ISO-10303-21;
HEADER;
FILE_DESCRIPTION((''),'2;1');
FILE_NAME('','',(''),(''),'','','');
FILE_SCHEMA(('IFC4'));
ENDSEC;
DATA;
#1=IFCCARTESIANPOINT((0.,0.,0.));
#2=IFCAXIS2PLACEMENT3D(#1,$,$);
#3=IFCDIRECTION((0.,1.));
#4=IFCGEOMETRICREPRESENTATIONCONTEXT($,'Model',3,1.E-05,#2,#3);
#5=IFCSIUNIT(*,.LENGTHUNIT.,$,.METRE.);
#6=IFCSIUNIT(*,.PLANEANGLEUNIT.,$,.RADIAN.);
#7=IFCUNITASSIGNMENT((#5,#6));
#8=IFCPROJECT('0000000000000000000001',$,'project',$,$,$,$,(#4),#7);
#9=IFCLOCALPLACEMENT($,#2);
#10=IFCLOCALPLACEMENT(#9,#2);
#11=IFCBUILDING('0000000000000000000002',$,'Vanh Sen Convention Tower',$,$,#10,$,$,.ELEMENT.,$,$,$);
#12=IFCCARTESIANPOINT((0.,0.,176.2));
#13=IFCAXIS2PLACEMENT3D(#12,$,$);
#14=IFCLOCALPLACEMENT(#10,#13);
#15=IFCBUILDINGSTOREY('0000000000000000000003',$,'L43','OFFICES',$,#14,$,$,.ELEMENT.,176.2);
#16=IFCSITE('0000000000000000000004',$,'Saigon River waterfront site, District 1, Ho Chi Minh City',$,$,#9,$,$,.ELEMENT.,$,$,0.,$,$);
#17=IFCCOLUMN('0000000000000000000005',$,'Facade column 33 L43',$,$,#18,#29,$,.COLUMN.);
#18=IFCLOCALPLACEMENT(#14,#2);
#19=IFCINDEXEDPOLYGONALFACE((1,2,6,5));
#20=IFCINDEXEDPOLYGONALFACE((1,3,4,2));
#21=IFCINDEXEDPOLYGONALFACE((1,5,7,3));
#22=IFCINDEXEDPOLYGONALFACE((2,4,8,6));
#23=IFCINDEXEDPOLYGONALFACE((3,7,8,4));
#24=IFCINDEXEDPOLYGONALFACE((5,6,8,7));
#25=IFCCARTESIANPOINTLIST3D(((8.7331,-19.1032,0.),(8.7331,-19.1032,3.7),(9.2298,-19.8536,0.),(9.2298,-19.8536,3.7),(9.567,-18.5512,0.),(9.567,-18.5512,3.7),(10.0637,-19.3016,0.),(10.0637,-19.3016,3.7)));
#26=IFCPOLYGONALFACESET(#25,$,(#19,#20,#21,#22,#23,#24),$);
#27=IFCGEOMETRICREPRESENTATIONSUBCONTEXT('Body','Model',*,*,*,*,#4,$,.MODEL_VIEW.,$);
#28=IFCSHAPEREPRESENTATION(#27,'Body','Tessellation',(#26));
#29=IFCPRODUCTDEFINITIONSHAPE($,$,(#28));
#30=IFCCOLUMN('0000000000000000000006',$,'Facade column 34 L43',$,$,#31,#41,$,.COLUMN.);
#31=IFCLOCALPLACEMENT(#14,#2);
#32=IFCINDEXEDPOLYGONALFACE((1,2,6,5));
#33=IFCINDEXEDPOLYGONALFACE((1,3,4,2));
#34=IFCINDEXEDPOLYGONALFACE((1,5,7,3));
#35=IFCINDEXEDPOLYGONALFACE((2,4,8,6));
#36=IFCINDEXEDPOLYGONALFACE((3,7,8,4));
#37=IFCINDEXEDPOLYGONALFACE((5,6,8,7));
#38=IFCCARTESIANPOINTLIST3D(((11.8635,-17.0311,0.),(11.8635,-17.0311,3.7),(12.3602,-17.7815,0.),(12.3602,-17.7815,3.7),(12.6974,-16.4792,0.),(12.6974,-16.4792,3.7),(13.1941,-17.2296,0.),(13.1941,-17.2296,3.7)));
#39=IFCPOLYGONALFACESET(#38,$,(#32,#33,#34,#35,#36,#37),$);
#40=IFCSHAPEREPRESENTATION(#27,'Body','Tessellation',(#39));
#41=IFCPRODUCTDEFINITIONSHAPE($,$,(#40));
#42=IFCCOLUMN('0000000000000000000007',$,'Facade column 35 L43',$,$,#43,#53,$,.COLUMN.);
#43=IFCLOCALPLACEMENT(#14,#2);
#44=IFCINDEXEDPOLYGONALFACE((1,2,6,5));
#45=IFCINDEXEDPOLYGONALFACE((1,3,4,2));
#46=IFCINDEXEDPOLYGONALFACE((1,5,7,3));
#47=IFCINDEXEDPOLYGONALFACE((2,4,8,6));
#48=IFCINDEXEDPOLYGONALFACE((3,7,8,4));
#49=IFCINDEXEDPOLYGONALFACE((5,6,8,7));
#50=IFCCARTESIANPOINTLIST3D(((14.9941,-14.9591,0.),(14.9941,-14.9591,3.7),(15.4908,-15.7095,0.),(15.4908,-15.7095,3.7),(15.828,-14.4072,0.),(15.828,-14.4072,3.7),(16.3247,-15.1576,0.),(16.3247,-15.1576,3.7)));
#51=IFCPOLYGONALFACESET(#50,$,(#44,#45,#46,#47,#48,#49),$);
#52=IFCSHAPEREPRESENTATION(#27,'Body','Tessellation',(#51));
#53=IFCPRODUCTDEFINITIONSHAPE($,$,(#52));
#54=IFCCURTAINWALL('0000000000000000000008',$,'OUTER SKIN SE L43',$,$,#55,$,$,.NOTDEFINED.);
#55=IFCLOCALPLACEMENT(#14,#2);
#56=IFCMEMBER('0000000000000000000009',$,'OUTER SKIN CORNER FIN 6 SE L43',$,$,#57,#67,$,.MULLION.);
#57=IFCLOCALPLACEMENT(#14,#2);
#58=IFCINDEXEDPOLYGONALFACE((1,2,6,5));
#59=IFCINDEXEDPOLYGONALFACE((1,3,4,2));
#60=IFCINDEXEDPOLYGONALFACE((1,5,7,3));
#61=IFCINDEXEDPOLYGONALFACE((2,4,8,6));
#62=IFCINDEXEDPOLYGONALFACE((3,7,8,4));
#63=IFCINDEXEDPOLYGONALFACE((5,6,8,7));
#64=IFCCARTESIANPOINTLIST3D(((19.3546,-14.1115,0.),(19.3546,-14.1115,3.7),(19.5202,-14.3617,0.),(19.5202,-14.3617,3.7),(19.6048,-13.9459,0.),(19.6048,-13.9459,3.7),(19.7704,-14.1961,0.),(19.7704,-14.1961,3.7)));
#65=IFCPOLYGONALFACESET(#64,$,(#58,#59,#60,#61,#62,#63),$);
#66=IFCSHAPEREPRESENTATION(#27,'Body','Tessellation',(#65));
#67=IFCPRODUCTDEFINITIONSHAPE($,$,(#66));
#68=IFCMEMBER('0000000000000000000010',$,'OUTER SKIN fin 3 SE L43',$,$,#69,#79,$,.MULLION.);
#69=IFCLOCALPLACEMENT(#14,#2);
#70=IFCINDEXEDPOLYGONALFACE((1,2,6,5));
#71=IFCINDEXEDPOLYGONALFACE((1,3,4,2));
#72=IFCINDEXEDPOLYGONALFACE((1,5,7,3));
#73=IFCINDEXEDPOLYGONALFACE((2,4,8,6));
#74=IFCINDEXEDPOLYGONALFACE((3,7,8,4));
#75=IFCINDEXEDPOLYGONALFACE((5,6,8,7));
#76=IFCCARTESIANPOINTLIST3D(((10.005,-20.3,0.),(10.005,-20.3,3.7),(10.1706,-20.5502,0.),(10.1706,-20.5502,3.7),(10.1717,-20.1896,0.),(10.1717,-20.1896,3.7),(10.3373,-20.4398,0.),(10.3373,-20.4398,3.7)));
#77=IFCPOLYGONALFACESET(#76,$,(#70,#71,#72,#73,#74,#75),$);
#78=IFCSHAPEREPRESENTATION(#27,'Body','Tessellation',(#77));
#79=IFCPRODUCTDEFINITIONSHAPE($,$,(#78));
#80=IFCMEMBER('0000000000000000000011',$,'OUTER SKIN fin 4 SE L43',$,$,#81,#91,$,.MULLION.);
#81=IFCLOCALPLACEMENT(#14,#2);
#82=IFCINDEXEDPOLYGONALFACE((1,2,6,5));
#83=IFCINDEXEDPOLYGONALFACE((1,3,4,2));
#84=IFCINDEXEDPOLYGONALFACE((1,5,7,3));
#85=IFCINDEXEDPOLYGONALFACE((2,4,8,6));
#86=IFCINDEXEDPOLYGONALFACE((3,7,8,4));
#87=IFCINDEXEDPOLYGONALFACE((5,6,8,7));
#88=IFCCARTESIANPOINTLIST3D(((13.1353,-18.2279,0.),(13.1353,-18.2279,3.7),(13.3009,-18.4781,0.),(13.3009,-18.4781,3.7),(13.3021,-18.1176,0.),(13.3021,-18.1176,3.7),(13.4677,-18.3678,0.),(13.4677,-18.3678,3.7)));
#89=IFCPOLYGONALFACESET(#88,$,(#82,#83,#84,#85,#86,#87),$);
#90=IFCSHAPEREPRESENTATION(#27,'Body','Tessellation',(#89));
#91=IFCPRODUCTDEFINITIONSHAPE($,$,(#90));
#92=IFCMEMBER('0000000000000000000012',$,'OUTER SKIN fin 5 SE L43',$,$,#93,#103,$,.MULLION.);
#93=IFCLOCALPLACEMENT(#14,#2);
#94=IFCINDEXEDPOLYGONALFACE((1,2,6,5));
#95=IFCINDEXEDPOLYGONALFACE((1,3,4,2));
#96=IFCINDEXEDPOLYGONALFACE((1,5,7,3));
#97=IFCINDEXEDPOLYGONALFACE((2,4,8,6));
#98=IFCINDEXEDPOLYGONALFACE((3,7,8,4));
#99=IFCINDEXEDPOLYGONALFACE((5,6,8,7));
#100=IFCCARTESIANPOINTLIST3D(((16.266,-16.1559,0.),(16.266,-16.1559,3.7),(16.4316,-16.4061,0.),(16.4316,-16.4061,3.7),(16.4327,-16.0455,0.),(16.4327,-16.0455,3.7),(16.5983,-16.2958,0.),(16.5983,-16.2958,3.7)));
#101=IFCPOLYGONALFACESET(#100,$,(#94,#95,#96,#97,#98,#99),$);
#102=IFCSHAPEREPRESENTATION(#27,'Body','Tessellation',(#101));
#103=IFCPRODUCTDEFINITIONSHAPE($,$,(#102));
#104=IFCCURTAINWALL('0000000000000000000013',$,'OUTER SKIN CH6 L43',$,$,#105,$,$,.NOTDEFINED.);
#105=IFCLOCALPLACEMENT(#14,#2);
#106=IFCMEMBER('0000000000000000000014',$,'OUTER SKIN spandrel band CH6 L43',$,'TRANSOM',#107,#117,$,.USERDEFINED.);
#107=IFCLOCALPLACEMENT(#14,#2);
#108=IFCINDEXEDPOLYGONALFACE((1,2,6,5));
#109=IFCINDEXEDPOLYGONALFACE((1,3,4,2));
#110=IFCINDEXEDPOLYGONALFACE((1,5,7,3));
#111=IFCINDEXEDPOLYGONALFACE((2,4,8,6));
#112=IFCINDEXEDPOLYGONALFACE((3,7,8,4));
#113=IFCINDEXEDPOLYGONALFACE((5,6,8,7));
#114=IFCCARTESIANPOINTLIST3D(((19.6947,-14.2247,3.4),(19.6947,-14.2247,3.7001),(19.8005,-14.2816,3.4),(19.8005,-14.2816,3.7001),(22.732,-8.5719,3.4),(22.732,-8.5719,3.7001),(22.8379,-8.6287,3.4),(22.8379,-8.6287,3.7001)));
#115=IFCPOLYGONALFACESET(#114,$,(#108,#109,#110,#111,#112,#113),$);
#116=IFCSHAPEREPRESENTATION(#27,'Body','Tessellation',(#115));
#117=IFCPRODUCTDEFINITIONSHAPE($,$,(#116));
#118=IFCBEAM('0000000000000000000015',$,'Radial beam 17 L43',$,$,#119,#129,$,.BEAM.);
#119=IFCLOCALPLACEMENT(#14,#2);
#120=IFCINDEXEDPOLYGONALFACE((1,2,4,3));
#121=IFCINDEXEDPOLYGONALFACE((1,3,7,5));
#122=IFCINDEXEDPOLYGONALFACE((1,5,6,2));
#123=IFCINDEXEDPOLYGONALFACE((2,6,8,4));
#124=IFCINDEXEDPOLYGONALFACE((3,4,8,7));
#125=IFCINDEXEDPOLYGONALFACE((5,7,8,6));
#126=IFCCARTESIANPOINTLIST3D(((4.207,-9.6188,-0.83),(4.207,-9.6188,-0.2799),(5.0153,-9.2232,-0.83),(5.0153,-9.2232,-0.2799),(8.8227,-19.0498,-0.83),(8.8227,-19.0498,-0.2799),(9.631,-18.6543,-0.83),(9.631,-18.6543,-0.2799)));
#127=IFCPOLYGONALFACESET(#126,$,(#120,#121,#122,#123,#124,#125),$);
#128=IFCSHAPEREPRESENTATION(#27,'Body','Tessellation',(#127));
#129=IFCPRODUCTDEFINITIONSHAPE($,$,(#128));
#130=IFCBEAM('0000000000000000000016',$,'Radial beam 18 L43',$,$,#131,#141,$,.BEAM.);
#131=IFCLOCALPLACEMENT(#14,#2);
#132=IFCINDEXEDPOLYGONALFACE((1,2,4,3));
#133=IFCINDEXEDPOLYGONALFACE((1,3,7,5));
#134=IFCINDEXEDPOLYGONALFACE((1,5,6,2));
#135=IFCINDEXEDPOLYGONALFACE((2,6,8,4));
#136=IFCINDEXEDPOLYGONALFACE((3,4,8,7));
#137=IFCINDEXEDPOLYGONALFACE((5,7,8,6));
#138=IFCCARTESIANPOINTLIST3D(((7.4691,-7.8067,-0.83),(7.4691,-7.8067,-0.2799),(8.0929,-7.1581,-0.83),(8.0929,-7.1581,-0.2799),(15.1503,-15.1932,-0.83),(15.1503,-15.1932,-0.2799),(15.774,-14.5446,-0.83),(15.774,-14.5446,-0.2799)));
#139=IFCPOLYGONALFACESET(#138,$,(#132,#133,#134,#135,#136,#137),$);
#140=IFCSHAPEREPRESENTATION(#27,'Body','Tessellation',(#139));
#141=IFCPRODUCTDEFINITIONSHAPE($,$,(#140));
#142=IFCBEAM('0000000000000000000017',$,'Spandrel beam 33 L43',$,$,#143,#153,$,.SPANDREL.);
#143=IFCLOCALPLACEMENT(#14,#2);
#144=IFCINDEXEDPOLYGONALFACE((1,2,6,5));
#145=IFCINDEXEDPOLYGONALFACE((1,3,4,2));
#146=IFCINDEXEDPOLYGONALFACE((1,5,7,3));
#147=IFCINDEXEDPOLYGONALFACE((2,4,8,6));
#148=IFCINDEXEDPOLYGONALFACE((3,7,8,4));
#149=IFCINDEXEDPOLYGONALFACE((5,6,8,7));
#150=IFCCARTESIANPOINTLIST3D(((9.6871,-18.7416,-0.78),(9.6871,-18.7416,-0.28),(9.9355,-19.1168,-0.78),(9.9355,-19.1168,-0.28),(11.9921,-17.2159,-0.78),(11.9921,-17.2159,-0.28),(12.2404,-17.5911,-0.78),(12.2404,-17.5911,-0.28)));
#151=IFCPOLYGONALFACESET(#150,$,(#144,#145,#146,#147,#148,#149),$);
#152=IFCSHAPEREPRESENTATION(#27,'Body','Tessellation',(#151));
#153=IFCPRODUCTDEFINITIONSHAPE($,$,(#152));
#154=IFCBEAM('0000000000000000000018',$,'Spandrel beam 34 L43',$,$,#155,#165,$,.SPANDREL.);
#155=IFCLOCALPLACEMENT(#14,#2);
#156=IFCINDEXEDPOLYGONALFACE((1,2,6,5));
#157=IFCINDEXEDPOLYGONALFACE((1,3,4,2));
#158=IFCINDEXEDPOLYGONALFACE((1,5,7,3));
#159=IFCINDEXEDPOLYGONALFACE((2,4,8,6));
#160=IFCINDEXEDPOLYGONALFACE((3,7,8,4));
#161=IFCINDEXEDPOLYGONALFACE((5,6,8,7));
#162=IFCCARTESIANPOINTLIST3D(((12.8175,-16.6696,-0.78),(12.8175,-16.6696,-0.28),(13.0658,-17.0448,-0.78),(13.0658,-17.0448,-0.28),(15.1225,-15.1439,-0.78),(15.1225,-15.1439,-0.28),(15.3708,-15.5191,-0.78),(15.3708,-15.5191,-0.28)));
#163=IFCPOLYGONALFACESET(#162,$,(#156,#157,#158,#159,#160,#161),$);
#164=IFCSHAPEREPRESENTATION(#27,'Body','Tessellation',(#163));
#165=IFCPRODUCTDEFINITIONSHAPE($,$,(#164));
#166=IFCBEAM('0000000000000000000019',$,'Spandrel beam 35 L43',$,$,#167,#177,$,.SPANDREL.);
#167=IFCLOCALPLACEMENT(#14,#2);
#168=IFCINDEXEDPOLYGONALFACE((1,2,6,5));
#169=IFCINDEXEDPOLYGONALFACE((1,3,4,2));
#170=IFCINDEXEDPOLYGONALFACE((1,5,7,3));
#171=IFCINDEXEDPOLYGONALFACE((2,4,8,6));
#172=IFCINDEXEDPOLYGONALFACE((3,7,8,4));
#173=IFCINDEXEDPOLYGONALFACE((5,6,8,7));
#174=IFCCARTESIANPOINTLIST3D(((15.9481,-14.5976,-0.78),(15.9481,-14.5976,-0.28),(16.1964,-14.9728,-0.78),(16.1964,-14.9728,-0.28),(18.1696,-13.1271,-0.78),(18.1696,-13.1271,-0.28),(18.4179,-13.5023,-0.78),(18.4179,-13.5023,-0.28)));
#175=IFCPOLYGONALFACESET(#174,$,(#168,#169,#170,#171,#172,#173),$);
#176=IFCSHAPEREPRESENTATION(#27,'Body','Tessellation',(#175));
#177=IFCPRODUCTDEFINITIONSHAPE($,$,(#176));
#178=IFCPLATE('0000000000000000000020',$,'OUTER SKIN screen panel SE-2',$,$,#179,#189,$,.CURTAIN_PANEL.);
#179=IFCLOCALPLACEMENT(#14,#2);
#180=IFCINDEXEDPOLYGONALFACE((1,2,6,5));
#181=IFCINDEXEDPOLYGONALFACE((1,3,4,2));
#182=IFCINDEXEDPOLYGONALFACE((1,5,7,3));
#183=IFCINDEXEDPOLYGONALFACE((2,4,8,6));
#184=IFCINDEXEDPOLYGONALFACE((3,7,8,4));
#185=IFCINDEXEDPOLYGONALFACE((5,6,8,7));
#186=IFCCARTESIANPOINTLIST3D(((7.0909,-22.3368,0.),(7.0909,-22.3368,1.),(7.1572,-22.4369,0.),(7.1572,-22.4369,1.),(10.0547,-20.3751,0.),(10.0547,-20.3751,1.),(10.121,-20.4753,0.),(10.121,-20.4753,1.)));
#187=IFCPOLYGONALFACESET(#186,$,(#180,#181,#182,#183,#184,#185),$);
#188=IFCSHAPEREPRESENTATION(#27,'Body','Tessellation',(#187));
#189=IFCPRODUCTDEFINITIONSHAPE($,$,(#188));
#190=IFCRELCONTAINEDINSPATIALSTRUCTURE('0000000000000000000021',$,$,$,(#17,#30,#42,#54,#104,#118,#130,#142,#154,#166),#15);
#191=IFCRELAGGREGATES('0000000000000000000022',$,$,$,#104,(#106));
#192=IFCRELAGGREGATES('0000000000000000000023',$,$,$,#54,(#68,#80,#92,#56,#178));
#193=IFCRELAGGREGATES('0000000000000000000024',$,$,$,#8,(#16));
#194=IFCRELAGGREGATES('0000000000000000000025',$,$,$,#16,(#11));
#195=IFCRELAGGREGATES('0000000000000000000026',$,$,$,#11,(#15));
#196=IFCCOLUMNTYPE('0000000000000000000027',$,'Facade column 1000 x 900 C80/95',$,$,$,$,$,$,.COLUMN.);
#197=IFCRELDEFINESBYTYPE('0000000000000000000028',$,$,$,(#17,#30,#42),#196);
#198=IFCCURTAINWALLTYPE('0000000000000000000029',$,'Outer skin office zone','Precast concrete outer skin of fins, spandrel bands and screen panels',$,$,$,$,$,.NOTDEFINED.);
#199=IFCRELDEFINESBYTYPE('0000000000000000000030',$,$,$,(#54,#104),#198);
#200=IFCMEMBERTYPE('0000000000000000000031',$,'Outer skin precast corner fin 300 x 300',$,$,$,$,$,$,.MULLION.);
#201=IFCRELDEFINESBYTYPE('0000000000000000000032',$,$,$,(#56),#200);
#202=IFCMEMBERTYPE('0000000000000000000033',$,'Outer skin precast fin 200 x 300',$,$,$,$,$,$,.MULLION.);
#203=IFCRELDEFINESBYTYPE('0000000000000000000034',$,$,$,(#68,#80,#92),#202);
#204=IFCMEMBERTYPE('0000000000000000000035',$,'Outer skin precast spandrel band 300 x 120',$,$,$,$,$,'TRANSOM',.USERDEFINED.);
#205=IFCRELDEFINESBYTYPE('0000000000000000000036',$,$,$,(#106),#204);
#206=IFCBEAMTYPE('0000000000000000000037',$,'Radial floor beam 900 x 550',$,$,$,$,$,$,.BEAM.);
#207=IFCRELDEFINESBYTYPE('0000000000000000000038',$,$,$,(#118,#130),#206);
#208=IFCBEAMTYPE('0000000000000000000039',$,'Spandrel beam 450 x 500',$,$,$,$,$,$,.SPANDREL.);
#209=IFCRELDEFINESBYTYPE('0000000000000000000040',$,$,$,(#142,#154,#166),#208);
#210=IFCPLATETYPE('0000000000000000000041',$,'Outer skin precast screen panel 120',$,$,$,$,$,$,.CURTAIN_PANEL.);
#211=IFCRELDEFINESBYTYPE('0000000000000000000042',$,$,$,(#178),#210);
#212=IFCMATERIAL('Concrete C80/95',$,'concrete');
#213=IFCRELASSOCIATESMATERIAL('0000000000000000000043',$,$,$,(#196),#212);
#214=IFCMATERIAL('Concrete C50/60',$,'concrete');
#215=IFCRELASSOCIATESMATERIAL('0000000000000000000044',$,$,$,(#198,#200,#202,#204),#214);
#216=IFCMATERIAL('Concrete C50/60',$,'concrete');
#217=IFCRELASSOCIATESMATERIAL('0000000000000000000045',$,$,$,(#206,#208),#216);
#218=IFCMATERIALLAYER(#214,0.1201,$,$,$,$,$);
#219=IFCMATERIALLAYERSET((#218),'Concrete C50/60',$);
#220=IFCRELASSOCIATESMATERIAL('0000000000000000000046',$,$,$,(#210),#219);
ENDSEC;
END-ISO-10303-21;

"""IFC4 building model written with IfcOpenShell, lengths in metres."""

from ifc_helpers import new_model, si_unit, direction, frame, origin, origin_2d, place, context, subcontext, project, spatial, rectangle, extrude, material, layer, layer_set, material_profile, profile_set, type_object, element, aggregate, save


model = new_model("IFC4")

# Units and contexts
model_context = context("Model", 3, precision=1e-05, world=origin(), true_north=direction((0.0, 1.0)))
body_context = subcontext(model_context, "Body", "Model", "MODEL_VIEW")
ifc_project = project(units=[si_unit("LENGTHUNIT", "METRE"), si_unit("PLANEANGLEUNIT", "RADIAN")], contexts=[model_context])

# Site, building, storey
site_placement = place(None, origin())
site = spatial("IfcSite", under=ifc_project, at=site_placement, Name="Saigon River waterfront site, District 1, Ho Chi Minh City", CompositionType="ELEMENT", RefElevation=0.0)
building_placement = place(site_placement, origin())
building = spatial("IfcBuilding", under=site, at=building_placement, Name="Vanh Sen Convention Tower", CompositionType="ELEMENT")
storey_placement = place(building_placement, frame((0.0, 0.0, 176.2)))
storey = spatial("IfcBuildingStorey", under=building, at=storey_placement, Name="L43", Description="OFFICES", CompositionType="ELEMENT", Elevation=176.2)

# Columns
ifc_material_1 = material(Name="Concrete C80/95", Category="concrete")
ifc_material_profile_1 = material_profile(ifc_material_1, rectangle(XDim=1.0, YDim=0.8999, at=origin_2d()), Name="RC 1000X900")
ifc_profile_set_1 = profile_set([ifc_material_profile_1], Name="Concrete C80/95")
column_type = type_object("IfcColumnType", Name="Facade column 1000 x 900 C80/95", PredefinedType="COLUMN", material=ifc_profile_set_1)
for number, where, z_axis, x_axis, name in (
    (1, (9.3984, -19.2024, 0.0), (0.0, 0.0, 1.0), (0.833886, 0.551937, 0.0), "Facade column 33 L43"),
    (2, (12.5288, -17.1304, 0.0), (0.0, 0.0, 1.0), (0.833886, 0.551937, 0.0), "Facade column 34 L43"),
    (3, (15.6594, -15.0583, 0.0), (0.0, 0.0, 1.0), (0.833886, 0.551937, 0.0), "Facade column 35 L43"),
):
    element("IfcColumn", number, at=place(storey_placement, frame(where, z_axis=z_axis, x_axis=x_axis)), inside=storey, type_object=column_type, Name=name, PredefinedType="COLUMN", context=body_context, shape_type="SweptSolid", body=[
        extrude(rectangle(XDim=1.0, YDim=0.8999, at=origin_2d()), origin(), (0.0, 0.0, 1.0), 3.7),
    ])

# Curtain wall, members
ifc_material_2 = material(Name="Concrete C50/60", Category="concrete")
curtain_wall_type = type_object("IfcCurtainWallType", Name="Outer skin office zone", Description="Precast concrete outer skin of fins, spandrel bands and screen panels", PredefinedType="NOTDEFINED", material=ifc_material_2)
curtain_wall_1_placement = place(storey_placement, origin())
curtain_wall_1 = element("IfcCurtainWall", 4, at=curtain_wall_1_placement, inside=storey, type_object=curtain_wall_type, Name="OUTER SKIN SE L43", PredefinedType="NOTDEFINED")
ifc_material_profile_2 = material_profile(ifc_material_2, rectangle(XDim=0.3, YDim=0.3, at=origin_2d()), Name="Outer skin precast corner fin 300 x 300")
ifc_profile_set_2 = profile_set([ifc_material_profile_2], Name="Concrete C50/60")
member_type_1 = type_object("IfcMemberType", Name="Outer skin precast corner fin 300 x 300", PredefinedType="MULLION", material=ifc_profile_set_2)
member_1_placement = place(storey_placement, frame((19.5625, -14.1538, 0.0), z_axis=(0.0, 0.0, 1.0), x_axis=(0.833886, 0.551937, 0.0)))
member_1 = element("IfcMember", 5, at=member_1_placement, type_object=member_type_1, Name="OUTER SKIN CORNER FIN 6 SE L43", PredefinedType="MULLION", context=body_context, shape_type="SweptSolid", body=[
    extrude(rectangle(XDim=0.3, YDim=0.3, at=origin_2d()), origin(), (0.0, 0.0, 1.0), 3.7),
])
ifc_material_profile_3 = material_profile(ifc_material_2, rectangle(XDim=0.2, YDim=0.3, at=origin_2d()), Name="Outer skin precast fin 200 x 300")
ifc_profile_set_3 = profile_set([ifc_material_profile_3], Name="Concrete C50/60")
member_type_2 = type_object("IfcMemberType", Name="Outer skin precast fin 200 x 300", PredefinedType="MULLION", material=ifc_profile_set_3)
member_2_placement = place(storey_placement, frame((10.1711, -20.3699, 0.0), z_axis=(0.0, 0.0, 1.0), x_axis=(0.833886, 0.551937, 0.0)))
member_2 = element("IfcMember", 6, at=member_2_placement, type_object=member_type_2, Name="OUTER SKIN fin 3 SE L43", PredefinedType="MULLION", context=body_context, shape_type="SweptSolid", body=[
    extrude(rectangle(XDim=0.2, YDim=0.3, at=origin_2d()), origin(), (0.0, 0.0, 1.0), 3.7),
])
member_3_placement = place(storey_placement, frame((13.3015, -18.2979, 0.0), z_axis=(0.0, 0.0, 1.0), x_axis=(0.833886, 0.551937, 0.0)))
member_3 = element("IfcMember", 7, at=member_3_placement, type_object=member_type_2, Name="OUTER SKIN fin 4 SE L43", PredefinedType="MULLION", context=body_context, shape_type="SweptSolid", body=[
    extrude(rectangle(XDim=0.2, YDim=0.3, at=origin_2d()), origin(), (0.0, 0.0, 1.0), 3.7),
])
member_4_placement = place(storey_placement, frame((16.4321, -16.2258, 0.0), z_axis=(0.0, 0.0, 1.0), x_axis=(0.833886, 0.551937, 0.0)))
member_4 = element("IfcMember", 8, at=member_4_placement, type_object=member_type_2, Name="OUTER SKIN fin 5 SE L43", PredefinedType="MULLION", context=body_context, shape_type="SweptSolid", body=[
    extrude(rectangle(XDim=0.2, YDim=0.3, at=origin_2d()), origin(), (0.0, 0.0, 1.0), 3.7),
])

# Curtain wall, member
curtain_wall_2_placement = place(storey_placement, origin())
curtain_wall_2 = element("IfcCurtainWall", 9, at=curtain_wall_2_placement, inside=storey, type_object=curtain_wall_type, Name="OUTER SKIN CH6 L43", PredefinedType="NOTDEFINED")
ifc_material_profile_4 = material_profile(ifc_material_2, rectangle(XDim=0.1201, YDim=0.3, at=origin_2d()), Name="Outer skin precast spandrel band 300 x 120")
ifc_profile_set_4 = profile_set([ifc_material_profile_4], Name="Concrete C50/60")
member_type_3 = type_object("IfcMemberType", Name="Outer skin precast spandrel band 300 x 120", ElementType="TRANSOM", PredefinedType="USERDEFINED", material=ifc_profile_set_4)
member_5_placement = place(storey_placement, frame((19.7476, -14.2532, 3.55), z_axis=(0.473317, 0.880892, 0.0), x_axis=(-0.880892, 0.473317, 0.0)))
member_5 = element("IfcMember", 10, at=member_5_placement, type_object=member_type_3, Name="OUTER SKIN spandrel band CH6 L43", ObjectType="TRANSOM", PredefinedType="USERDEFINED", context=body_context, shape_type="SweptSolid", body=[
    extrude(rectangle(XDim=0.1201, YDim=0.3, at=origin_2d()), origin(), (0.0, 0.0, 1.0), 6.4172),
])
aggregate(curtain_wall_2, [member_5])

# Beams
ifc_material_3 = material(Name="Concrete C50/60", Category="concrete")
ifc_material_profile_5 = material_profile(ifc_material_3, rectangle(XDim=0.8999, YDim=0.55, at=origin_2d()), Name="RC 900X550")
ifc_profile_set_5 = profile_set([ifc_material_profile_5], Name="Concrete C50/60")
beam_type_1 = type_object("IfcBeamType", Name="Radial floor beam 900 x 550", PredefinedType="BEAM", material=ifc_profile_set_5)
beam_1_placement = place(storey_placement, frame((9.2268, -18.8521, -0.5549), z_axis=(-0.43959, 0.898199, 0.0), x_axis=(-0.898199, -0.43959, 0.0)))
element("IfcBeam", 11, at=beam_1_placement, inside=storey, type_object=beam_type_1, Name="Radial beam 17 L43", PredefinedType="BEAM", context=body_context, shape_type="SweptSolid", body=[
    extrude(rectangle(XDim=0.8999, YDim=0.55, at=origin_2d()), origin(), (0.0, 0.0, 1.0), 10.5),
])
beam_2_placement = place(storey_placement, frame((15.4622, -14.8689, -0.5549), z_axis=(-0.720798, 0.693145, 0.0), x_axis=(-0.693145, -0.720798, 0.0)))
element("IfcBeam", 12, at=beam_2_placement, inside=storey, type_object=beam_type_1, Name="Radial beam 18 L43", PredefinedType="BEAM", context=body_context, shape_type="SweptSolid", body=[
    extrude(rectangle(XDim=0.8999, YDim=0.55, at=origin_2d()), origin(), (0.0, 0.0, 1.0), 10.6565),
])
ifc_material_profile_6 = material_profile(ifc_material_3, rectangle(XDim=0.45, YDim=0.5, at=origin_2d()), Name="RC 450X500")
ifc_profile_set_6 = profile_set([ifc_material_profile_6], Name="Concrete C50/60")
beam_type_2 = type_object("IfcBeamType", Name="Spandrel beam 450 x 500", PredefinedType="SPANDREL", material=ifc_profile_set_6)
for number, where, z_axis, x_axis, name in (
    (13, (9.8113, -18.9292, -0.53), (0.83388, 0.551945, 0.0), (-0.551945, 0.83388, 0.0), "Spandrel beam 33 L43"),
    (14, (12.9417, -16.8572, -0.53), (0.83388, 0.551945, 0.0), (-0.551945, 0.83388, 0.0), "Spandrel beam 34 L43"),
):
    element("IfcBeam", number, at=place(storey_placement, frame(where, z_axis=z_axis, x_axis=x_axis)), inside=storey, type_object=beam_type_2, Name=name, PredefinedType="SPANDREL", context=body_context, shape_type="SweptSolid", body=[
        extrude(rectangle(XDim=0.45, YDim=0.5, at=origin_2d()), origin(), (0.0, 0.0, 1.0), 2.7642),
    ])
beam_3_placement = place(storey_placement, frame((16.0723, -14.7852, -0.53), z_axis=(0.833865, 0.551969, 0.0), x_axis=(-0.551969, 0.833865, 0.0)))
element("IfcBeam", 15, at=beam_3_placement, inside=storey, type_object=beam_type_2, Name="Spandrel beam 35 L43", PredefinedType="SPANDREL", context=body_context, shape_type="SweptSolid", body=[
    extrude(rectangle(XDim=0.45, YDim=0.5, at=origin_2d()), origin(), (0.0, 0.0, 1.0), 2.6641),
])

# Plate
ifc_layer_1 = layer(ifc_material_2, 0.1201)
ifc_layer_set_1 = layer_set([ifc_layer_1], Name="Concrete C50/60")
plate_type = type_object("IfcPlateType", Name="Outer skin precast screen panel 120", PredefinedType="CURTAIN_PANEL", material=ifc_layer_set_1)
plate_1_placement = place(storey_placement, frame((8.606, -21.406, 0.0), z_axis=(0.0, 0.0, 1.0), x_axis=(0.83389, 0.551931, 0.0)))
plate_1 = element("IfcPlate", 16, at=plate_1_placement, type_object=plate_type, Name="OUTER SKIN screen panel SE-2", PredefinedType="CURTAIN_PANEL", context=body_context, shape_type="SweptSolid", body=[
    extrude(rectangle(XDim=3.5542, YDim=0.1201, at=origin_2d()), origin(), (0.0, 0.0, 1.0), 1.0),
])
aggregate(curtain_wall_1, [member_2, member_3, member_4, member_1, plate_1])

save(model, "model.ifc")
